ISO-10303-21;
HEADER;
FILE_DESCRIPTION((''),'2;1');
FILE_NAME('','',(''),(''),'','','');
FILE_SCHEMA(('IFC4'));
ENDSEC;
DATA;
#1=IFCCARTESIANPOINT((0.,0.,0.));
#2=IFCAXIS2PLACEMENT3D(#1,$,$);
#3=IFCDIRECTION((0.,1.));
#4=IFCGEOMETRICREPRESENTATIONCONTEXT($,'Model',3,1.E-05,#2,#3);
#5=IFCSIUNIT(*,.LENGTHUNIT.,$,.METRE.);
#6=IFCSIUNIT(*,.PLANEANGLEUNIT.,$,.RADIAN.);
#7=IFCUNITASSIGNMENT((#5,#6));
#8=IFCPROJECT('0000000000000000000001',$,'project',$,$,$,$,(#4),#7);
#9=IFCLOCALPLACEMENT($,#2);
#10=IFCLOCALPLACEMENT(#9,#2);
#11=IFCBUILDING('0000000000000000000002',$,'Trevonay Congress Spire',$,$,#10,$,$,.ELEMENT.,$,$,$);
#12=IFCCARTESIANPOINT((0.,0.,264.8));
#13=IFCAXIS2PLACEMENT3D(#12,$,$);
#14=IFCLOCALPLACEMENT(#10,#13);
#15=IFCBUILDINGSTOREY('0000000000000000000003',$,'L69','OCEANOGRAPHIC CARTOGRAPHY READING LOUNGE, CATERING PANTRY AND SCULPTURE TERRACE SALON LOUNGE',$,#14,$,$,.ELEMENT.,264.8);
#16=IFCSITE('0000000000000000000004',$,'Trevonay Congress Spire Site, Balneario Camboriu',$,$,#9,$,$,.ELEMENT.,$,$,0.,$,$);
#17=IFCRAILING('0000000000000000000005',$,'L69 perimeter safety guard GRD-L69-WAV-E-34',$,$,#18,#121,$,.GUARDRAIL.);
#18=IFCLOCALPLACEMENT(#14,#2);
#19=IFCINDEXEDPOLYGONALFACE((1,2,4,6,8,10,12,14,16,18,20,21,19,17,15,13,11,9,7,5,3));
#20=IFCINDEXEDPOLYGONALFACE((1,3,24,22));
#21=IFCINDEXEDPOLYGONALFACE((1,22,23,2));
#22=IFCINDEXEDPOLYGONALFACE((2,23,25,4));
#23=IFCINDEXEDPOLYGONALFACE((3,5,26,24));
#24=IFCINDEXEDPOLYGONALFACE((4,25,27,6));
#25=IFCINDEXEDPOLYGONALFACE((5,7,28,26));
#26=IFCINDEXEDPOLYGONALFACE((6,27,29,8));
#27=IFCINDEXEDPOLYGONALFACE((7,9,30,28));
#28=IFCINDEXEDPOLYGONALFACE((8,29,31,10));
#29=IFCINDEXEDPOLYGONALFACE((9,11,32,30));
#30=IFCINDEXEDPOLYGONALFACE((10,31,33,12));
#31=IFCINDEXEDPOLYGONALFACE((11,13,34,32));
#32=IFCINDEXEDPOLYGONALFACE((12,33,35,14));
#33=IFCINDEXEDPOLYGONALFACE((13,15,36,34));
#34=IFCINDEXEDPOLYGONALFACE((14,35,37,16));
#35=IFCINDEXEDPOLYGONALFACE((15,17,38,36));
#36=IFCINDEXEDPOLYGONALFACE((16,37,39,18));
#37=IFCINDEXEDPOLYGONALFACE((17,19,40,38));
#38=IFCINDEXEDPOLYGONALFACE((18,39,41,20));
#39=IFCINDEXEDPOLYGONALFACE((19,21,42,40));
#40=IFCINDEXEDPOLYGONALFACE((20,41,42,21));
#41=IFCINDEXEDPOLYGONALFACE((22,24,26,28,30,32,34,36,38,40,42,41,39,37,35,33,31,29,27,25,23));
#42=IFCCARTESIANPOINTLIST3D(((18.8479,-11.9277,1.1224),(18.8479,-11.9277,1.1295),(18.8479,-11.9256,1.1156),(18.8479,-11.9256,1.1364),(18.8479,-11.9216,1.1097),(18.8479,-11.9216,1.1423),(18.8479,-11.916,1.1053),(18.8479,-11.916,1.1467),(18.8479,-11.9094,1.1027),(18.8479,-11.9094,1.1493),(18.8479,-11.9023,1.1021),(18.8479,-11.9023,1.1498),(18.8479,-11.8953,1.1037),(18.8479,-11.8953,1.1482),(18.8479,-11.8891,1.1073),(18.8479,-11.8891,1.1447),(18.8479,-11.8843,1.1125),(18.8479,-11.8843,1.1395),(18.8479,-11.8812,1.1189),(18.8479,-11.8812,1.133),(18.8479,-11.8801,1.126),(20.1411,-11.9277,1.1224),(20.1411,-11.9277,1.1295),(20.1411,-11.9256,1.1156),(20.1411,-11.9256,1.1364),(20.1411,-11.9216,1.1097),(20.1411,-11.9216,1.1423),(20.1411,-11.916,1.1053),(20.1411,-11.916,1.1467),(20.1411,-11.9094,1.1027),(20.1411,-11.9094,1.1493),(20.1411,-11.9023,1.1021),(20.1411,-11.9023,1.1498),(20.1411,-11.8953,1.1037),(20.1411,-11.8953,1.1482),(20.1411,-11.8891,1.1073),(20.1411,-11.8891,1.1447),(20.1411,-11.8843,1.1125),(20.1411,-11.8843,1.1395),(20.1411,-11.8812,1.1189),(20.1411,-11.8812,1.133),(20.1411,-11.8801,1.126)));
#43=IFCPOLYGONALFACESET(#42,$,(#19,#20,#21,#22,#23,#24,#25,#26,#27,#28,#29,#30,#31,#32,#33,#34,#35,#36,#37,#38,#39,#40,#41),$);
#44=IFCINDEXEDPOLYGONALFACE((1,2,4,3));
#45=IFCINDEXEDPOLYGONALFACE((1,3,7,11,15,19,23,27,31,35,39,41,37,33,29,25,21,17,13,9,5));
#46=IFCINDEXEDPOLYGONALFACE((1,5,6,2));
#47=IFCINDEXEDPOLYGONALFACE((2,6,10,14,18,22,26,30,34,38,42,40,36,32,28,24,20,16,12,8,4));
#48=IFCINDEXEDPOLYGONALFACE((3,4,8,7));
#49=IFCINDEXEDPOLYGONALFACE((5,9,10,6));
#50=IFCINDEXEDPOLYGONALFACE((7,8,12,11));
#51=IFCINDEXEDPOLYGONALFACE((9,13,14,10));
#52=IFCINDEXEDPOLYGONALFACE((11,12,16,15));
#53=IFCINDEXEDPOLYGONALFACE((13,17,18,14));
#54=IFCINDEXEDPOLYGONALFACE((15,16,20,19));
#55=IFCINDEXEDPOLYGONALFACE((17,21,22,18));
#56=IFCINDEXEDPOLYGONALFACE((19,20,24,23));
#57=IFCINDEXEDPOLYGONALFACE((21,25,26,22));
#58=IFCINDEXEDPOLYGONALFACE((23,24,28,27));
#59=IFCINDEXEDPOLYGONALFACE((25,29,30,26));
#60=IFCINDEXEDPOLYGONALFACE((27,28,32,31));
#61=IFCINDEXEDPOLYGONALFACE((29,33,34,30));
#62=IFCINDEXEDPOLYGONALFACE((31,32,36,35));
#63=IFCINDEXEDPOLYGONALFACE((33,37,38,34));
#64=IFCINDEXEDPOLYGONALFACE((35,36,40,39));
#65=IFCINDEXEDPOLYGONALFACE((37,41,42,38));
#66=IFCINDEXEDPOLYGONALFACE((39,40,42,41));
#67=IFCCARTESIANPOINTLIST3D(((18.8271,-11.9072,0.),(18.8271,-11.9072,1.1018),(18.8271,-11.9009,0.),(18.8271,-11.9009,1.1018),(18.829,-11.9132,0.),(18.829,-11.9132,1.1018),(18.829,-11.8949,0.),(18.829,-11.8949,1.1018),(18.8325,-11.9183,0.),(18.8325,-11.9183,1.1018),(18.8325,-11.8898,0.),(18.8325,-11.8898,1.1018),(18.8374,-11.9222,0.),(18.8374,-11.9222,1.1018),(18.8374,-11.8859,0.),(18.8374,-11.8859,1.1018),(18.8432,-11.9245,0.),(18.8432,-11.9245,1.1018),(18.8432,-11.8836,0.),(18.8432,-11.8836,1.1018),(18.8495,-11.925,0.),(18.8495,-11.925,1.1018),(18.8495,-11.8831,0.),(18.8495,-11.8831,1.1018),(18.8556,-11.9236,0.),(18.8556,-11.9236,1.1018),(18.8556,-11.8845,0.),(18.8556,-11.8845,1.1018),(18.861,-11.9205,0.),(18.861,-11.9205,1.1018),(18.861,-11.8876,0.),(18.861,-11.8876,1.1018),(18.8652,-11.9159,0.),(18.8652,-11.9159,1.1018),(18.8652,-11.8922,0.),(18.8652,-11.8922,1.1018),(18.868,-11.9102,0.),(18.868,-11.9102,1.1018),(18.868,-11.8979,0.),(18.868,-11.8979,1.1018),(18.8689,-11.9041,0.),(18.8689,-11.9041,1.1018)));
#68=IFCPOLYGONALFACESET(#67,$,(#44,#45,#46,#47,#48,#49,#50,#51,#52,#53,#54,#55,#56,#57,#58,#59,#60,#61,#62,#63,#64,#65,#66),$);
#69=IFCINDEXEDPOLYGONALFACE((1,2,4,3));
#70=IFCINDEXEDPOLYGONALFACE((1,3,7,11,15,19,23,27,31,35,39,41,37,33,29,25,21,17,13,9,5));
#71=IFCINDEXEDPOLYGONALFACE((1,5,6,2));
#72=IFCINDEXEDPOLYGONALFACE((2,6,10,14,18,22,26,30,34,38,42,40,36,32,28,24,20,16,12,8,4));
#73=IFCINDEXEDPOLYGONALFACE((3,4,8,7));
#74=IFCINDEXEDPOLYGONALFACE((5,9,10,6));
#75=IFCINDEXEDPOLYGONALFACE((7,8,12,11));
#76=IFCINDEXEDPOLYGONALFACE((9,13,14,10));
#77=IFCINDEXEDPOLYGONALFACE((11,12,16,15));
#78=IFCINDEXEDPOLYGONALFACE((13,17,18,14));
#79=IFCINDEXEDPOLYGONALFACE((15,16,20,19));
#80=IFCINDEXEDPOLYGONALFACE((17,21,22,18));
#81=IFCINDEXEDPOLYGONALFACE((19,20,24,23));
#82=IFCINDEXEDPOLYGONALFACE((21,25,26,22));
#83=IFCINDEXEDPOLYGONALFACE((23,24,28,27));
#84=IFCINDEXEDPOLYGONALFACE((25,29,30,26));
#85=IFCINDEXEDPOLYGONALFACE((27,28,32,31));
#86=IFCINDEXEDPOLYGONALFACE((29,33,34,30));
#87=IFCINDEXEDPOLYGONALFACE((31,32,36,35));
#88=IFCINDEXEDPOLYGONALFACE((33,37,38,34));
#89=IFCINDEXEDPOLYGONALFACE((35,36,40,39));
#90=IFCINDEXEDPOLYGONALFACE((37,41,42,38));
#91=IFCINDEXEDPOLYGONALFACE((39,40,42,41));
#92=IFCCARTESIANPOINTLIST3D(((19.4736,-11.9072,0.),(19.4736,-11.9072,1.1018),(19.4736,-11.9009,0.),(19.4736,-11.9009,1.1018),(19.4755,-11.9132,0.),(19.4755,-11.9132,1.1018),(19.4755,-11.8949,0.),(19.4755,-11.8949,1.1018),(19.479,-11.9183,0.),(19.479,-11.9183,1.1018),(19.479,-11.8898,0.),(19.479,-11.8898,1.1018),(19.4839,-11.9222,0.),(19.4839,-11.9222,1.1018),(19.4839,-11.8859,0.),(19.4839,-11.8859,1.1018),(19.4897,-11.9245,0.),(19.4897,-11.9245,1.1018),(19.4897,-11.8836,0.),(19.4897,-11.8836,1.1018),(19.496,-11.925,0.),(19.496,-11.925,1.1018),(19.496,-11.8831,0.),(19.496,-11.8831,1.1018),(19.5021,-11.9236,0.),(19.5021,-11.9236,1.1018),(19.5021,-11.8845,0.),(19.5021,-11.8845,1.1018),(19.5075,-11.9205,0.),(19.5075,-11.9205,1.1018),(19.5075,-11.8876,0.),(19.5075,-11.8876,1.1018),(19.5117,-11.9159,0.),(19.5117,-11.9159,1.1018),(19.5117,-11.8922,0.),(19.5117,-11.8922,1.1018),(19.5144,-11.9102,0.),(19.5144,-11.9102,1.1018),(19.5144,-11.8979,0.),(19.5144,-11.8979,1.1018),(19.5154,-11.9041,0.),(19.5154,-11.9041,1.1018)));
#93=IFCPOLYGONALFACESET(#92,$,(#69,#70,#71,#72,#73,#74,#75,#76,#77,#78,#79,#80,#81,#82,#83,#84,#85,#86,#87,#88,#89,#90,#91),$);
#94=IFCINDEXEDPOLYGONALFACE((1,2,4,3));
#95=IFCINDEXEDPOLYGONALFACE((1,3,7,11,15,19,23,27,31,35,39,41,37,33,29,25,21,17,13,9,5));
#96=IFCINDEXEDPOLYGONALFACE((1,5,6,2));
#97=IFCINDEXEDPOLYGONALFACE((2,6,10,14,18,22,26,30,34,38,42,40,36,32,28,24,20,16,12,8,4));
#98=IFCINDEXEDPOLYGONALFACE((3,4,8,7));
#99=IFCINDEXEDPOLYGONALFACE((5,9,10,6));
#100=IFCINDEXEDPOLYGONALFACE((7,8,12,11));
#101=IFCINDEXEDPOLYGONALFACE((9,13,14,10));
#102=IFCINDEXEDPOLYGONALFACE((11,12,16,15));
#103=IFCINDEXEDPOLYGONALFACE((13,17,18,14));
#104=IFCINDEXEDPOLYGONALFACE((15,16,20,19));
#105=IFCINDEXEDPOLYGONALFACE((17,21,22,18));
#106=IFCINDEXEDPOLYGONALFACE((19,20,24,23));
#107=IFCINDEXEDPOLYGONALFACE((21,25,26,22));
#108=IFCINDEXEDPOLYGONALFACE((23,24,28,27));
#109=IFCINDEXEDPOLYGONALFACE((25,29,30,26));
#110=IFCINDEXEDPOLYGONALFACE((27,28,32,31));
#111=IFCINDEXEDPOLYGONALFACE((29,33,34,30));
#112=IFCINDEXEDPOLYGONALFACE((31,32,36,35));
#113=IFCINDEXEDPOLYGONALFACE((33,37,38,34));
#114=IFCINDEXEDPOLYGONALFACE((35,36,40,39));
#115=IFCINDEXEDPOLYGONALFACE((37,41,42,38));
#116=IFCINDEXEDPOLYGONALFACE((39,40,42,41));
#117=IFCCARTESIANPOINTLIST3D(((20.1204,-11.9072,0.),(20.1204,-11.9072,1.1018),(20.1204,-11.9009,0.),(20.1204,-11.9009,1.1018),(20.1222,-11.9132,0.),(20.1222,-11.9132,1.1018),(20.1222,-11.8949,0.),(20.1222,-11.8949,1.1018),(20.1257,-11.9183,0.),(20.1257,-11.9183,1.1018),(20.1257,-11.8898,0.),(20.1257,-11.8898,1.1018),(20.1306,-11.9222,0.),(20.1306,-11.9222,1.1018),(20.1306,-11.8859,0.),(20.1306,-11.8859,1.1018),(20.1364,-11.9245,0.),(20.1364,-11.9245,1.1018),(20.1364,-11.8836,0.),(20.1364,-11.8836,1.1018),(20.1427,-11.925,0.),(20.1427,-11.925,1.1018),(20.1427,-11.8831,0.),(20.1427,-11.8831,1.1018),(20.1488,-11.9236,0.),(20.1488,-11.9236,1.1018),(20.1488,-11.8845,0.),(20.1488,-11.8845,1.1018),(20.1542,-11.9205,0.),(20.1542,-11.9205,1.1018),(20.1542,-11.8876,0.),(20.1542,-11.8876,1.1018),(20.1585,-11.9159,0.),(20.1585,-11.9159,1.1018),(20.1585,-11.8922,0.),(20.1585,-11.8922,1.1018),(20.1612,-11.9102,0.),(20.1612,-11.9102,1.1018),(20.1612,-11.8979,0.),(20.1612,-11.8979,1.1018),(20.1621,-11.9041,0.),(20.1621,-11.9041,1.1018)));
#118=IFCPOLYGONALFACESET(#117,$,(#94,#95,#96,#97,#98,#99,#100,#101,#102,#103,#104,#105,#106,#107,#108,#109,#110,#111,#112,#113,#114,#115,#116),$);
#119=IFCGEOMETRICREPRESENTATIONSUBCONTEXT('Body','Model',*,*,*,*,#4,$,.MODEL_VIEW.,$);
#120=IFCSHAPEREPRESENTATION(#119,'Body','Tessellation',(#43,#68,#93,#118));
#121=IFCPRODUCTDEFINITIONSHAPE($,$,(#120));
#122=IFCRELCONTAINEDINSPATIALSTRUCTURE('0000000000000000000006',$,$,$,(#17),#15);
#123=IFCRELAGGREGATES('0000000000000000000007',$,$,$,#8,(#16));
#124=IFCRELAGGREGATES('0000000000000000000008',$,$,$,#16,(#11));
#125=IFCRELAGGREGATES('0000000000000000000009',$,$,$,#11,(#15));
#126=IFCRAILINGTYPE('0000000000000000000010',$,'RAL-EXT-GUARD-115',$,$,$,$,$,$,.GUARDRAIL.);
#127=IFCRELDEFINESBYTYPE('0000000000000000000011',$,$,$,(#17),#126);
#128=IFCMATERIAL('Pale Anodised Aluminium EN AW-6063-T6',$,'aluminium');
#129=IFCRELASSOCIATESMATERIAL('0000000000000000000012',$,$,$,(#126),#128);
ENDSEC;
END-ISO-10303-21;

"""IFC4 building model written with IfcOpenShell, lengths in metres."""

from ifc_helpers import new_model, si_unit, direction, frame, origin, origin_2d, place, context, subcontext, project, spatial, circle, extrude, material, type_object, element, save


model = new_model("IFC4")

# Units and contexts
model_context = context("Model", 3, precision=1e-05, world=origin(), true_north=direction((0.0, 1.0)))
body_context = subcontext(model_context, "Body", "Model", "MODEL_VIEW")
ifc_project = project(units=[si_unit("LENGTHUNIT", "METRE"), si_unit("PLANEANGLEUNIT", "RADIAN")], contexts=[model_context])

# Site, building, storey
site_placement = place(None, origin())
site = spatial("IfcSite", under=ifc_project, at=site_placement, Name="Trevonay Congress Spire Site, Balneario Camboriu", CompositionType="ELEMENT", RefElevation=0.0)
building_placement = place(site_placement, origin())
building = spatial("IfcBuilding", under=site, at=building_placement, Name="Trevonay Congress Spire", CompositionType="ELEMENT")
storey_placement = place(building_placement, frame((0.0, 0.0, 264.8)))
storey = spatial("IfcBuildingStorey", under=building, at=storey_placement, Name="L69", Description="OCEANOGRAPHIC CARTOGRAPHY READING LOUNGE, CATERING PANTRY AND SCULPTURE TERRACE SALON LOUNGE", CompositionType="ELEMENT", Elevation=264.8)

# Shared definitions
ifc_material_1 = material(Name="Pale Anodised Aluminium EN AW-6063-T6", Category="aluminium")

# Railing
railing_type = type_object("IfcRailingType", Name="RAL-EXT-GUARD-115", PredefinedType="GUARDRAIL", material=ifc_material_1)
railing_1_placement = place(storey_placement, frame((18.8479, -11.9041, 0.0)))
element("IfcRailing", 1, at=railing_1_placement, inside=storey, type_object=railing_type, Name="L69 perimeter safety guard GRD-L69-WAV-E-34", PredefinedType="GUARDRAIL", context=body_context, shape_type="SweptSolid", body=[
    extrude(circle(Radius=0.0239, at=origin_2d()), frame((0.0, 0.0, 1.126), z_axis=(1.0, 0.0, 0.0), x_axis=(0.0, 1.0, 0.0)), (0.0, 0.0, 1.0), 1.2932),
    extrude(circle(Radius=0.021, at=origin_2d()), origin(), (0.0, 0.0, 1.0), 1.1018),
    extrude(circle(Radius=0.021, at=origin_2d()), frame((0.6465, 0.0, 0.0)), (0.0, 0.0, 1.0), 1.1018),
    extrude(circle(Radius=0.021, at=origin_2d()), frame((1.2932, 0.0, 0.0)), (0.0, 0.0, 1.0), 1.1018),
])

save(model, "model.ifc")
